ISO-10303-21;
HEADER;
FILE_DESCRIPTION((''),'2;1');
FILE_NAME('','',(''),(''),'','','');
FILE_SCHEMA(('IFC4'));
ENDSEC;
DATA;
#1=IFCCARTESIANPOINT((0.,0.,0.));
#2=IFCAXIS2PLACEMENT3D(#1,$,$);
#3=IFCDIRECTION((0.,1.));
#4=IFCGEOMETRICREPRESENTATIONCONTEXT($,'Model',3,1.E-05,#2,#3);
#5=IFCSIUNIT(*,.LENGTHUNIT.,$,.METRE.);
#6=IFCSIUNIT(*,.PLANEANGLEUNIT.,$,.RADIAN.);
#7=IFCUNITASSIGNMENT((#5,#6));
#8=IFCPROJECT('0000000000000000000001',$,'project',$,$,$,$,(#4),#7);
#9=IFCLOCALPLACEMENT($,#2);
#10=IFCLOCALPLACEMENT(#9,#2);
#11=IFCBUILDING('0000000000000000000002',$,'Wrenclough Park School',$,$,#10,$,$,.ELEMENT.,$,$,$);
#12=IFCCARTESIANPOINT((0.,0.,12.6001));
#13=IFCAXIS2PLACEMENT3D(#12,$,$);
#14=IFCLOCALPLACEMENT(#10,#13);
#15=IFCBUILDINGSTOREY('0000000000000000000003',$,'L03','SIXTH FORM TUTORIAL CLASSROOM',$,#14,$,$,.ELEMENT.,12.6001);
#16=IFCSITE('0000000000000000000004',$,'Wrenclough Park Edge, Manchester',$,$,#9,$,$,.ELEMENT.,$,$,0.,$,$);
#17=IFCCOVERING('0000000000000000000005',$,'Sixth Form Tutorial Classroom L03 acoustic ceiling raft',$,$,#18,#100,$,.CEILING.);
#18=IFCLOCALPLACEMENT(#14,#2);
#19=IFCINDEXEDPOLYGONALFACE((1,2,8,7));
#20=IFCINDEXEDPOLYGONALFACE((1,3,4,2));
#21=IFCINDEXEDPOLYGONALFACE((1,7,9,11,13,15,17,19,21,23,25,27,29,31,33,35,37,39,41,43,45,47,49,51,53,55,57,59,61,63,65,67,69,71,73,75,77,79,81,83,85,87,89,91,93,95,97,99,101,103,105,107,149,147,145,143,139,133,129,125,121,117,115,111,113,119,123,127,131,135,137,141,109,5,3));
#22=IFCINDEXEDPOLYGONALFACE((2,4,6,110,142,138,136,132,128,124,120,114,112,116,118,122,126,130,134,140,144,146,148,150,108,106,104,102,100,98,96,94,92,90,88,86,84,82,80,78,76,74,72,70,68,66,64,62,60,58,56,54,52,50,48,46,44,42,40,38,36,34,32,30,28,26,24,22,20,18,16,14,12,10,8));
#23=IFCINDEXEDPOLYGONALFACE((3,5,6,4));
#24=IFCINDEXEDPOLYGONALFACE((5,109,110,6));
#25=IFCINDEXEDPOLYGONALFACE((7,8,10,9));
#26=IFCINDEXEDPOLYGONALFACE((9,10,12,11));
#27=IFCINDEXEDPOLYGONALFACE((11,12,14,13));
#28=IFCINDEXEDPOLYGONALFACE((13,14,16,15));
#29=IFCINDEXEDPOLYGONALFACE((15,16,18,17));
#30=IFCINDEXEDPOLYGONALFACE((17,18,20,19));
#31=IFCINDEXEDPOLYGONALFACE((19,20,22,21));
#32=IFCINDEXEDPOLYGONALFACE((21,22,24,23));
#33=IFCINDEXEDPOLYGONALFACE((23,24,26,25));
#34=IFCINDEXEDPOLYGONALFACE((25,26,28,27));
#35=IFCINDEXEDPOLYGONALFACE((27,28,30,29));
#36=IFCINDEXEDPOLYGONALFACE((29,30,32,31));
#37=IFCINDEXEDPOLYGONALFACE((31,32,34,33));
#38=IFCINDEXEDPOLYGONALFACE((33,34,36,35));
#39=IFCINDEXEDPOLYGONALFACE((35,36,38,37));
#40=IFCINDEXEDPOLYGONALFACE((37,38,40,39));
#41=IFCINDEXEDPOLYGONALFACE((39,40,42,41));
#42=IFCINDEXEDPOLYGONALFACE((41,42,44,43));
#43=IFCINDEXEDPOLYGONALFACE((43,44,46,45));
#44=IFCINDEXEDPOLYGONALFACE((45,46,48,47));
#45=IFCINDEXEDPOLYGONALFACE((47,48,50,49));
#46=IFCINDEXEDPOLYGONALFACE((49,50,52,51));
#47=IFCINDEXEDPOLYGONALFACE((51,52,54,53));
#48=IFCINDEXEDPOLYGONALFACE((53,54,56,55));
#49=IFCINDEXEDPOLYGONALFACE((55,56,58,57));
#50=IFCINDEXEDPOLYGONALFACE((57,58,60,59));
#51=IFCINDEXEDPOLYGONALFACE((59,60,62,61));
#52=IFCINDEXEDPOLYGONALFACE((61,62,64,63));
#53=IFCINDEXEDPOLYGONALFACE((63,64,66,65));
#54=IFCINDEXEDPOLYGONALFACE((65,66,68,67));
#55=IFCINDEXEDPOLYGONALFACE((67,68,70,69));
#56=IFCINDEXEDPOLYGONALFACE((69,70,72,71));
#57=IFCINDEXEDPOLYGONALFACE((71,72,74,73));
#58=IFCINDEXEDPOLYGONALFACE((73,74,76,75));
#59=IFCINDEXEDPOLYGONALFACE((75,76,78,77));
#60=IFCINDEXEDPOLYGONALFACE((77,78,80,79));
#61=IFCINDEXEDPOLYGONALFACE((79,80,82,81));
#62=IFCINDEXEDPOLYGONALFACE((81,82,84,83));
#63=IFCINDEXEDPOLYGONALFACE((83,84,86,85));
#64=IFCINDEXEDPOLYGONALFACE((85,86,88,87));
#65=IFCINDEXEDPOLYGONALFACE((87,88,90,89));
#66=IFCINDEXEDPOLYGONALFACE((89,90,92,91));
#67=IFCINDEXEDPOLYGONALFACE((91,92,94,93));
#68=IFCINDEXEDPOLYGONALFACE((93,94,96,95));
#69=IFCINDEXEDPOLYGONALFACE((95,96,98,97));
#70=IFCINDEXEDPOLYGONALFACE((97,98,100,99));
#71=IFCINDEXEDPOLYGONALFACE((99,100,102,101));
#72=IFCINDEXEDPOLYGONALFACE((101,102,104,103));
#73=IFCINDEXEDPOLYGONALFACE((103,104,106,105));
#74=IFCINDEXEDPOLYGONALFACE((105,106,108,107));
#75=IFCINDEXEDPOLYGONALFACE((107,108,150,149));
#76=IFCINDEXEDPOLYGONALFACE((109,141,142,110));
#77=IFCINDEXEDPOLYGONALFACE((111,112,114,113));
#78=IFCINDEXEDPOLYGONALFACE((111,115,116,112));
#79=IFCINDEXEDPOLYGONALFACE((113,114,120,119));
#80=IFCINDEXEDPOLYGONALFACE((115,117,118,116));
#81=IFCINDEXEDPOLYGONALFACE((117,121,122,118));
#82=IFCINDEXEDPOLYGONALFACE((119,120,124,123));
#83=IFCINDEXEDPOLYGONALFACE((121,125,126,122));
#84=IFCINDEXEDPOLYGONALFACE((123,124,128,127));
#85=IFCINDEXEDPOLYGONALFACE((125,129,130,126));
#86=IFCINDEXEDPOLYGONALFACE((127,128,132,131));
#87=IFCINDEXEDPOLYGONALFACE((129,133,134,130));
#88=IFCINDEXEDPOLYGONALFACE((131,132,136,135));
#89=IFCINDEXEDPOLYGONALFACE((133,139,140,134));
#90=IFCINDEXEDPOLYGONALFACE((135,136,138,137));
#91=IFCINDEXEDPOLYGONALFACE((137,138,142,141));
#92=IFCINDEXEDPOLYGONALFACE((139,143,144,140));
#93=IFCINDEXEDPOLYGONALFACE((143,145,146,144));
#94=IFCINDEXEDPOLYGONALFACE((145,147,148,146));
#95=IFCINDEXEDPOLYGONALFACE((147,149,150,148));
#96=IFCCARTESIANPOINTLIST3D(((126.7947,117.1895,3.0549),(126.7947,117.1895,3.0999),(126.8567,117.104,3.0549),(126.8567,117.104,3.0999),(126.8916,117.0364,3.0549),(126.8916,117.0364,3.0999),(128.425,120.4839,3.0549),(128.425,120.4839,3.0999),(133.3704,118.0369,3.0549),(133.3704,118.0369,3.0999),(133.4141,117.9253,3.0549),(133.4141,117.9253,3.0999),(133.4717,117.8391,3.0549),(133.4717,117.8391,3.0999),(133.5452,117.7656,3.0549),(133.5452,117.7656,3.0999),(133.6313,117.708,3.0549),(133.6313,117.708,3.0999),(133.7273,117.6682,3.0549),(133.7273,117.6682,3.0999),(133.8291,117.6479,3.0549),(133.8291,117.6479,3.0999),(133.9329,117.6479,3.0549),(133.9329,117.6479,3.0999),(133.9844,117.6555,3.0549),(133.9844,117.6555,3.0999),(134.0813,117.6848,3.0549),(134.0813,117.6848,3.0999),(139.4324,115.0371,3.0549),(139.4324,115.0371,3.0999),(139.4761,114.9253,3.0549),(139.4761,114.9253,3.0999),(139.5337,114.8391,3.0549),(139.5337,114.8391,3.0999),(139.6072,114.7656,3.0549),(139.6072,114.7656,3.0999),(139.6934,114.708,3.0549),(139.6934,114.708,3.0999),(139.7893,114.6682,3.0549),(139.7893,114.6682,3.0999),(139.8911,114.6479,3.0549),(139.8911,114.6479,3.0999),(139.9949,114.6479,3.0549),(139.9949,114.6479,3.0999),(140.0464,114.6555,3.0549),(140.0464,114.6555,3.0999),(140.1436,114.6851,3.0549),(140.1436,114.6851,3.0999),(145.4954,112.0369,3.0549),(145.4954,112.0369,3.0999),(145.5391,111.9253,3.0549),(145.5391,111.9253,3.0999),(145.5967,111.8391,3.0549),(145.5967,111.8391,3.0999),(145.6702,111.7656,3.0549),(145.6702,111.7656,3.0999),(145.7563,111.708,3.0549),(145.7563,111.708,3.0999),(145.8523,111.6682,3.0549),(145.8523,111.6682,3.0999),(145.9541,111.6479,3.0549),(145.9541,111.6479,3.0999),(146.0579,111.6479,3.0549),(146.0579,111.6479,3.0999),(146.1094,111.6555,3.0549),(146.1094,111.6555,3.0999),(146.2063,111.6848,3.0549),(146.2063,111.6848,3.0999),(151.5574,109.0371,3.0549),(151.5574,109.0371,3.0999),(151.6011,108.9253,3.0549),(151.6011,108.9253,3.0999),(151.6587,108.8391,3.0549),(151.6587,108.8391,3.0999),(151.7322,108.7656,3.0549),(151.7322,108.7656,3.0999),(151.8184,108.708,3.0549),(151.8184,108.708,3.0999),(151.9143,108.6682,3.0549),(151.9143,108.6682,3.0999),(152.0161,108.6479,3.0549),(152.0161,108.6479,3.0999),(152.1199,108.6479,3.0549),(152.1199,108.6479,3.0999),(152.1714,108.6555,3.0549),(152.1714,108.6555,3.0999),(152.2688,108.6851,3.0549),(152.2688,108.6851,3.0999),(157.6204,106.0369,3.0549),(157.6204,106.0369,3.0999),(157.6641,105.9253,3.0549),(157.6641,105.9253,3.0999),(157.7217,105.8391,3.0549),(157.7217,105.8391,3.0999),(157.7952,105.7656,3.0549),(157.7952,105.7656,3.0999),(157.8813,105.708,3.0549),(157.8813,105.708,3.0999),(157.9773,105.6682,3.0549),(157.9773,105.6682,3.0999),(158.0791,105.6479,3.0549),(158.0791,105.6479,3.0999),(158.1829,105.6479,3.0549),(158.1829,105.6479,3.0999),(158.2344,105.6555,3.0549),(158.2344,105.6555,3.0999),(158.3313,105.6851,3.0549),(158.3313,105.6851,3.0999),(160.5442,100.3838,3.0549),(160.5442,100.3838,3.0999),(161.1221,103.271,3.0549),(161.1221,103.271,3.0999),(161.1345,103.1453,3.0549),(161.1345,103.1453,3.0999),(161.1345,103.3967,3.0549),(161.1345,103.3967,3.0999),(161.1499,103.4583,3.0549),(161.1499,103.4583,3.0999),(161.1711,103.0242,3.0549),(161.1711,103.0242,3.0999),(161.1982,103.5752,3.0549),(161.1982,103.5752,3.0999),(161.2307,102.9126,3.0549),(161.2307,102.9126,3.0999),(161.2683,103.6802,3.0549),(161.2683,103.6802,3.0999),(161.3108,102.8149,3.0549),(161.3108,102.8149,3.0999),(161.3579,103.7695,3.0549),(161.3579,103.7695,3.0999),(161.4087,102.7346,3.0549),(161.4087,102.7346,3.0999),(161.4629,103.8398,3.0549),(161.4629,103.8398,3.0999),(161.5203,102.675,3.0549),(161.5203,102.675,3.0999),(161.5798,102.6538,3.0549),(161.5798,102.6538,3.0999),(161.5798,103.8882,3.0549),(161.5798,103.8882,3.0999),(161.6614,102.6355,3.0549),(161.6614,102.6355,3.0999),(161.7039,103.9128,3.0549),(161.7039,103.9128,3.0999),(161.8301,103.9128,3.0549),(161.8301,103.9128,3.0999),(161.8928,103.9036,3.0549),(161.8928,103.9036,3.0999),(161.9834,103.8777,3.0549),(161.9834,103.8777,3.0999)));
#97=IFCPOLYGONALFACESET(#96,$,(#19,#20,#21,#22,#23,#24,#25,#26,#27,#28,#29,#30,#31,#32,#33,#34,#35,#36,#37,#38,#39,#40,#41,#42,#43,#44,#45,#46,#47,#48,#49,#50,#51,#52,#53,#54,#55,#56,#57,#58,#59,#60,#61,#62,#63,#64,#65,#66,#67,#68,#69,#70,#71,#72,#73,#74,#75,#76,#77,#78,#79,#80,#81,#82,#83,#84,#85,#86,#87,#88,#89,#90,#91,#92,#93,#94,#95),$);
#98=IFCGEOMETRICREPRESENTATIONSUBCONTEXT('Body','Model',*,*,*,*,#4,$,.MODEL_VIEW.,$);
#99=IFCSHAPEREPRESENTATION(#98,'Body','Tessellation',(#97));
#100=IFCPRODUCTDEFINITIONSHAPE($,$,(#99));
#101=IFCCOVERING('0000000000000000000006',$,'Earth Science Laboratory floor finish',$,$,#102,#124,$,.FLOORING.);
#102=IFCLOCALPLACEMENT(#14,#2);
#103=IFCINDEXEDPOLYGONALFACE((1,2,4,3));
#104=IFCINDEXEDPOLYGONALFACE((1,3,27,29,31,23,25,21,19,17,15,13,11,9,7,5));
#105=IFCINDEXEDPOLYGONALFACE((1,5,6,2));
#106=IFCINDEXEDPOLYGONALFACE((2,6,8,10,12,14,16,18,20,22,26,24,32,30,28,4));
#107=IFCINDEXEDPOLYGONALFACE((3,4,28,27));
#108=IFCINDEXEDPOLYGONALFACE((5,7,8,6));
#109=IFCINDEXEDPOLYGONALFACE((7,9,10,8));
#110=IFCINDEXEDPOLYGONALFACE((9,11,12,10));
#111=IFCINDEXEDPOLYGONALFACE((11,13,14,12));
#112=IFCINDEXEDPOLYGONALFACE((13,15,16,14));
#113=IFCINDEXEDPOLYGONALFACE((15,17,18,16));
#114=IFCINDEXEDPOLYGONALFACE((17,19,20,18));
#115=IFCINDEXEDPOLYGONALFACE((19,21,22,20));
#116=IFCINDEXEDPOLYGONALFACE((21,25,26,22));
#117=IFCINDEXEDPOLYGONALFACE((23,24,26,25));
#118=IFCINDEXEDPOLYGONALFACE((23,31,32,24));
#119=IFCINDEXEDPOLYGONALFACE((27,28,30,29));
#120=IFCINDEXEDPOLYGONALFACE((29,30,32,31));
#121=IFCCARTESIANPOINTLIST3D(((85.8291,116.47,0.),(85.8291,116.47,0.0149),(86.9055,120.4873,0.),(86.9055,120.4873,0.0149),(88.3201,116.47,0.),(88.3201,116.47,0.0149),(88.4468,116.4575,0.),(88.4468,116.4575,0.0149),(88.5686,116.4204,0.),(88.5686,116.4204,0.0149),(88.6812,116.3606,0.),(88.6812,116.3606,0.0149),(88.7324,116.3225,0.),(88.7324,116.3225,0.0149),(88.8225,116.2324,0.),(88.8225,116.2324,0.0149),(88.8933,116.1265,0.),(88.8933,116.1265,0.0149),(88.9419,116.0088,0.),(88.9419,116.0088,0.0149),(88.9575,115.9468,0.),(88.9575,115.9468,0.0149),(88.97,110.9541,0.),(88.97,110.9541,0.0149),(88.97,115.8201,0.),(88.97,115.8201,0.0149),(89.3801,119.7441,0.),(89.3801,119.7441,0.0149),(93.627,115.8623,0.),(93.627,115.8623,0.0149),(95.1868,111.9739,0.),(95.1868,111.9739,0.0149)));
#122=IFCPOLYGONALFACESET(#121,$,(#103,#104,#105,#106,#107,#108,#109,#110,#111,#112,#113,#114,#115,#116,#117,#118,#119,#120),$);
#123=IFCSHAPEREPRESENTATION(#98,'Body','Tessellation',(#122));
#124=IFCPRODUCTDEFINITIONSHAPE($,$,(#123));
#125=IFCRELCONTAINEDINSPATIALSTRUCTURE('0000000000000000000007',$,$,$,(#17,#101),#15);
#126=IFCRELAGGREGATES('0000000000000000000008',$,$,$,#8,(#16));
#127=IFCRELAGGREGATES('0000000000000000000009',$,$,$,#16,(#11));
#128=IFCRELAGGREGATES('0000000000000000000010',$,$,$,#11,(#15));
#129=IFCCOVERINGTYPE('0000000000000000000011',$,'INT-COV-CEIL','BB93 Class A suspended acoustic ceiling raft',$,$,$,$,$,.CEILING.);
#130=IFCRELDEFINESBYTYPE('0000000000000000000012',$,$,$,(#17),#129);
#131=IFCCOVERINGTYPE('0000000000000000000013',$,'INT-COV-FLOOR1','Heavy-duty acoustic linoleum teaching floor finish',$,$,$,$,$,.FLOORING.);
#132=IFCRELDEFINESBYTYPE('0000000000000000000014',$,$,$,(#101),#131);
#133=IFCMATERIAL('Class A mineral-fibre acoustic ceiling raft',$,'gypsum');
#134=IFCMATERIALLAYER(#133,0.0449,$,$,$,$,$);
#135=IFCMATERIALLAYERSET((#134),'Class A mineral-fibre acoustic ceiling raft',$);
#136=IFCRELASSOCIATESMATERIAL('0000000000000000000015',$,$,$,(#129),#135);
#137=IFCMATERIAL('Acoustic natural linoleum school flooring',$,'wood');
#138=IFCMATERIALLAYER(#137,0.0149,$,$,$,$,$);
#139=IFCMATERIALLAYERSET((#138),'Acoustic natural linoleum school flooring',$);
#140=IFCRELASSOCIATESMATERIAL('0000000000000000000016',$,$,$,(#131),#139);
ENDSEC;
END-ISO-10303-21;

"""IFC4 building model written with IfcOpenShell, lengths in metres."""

from ifc_helpers import new_model, si_unit, direction, frame, origin, place, context, subcontext, project, spatial, polyline, outline, extrude, material, layer, layer_set, type_object, element, save


model = new_model("IFC4")

# Units and contexts
model_context = context("Model", 3, precision=1e-05, world=origin(), true_north=direction((0.0, 1.0)))
body_context = subcontext(model_context, "Body", "Model", "MODEL_VIEW")
ifc_project = project(units=[si_unit("LENGTHUNIT", "METRE"), si_unit("PLANEANGLEUNIT", "RADIAN")], contexts=[model_context])

# Site, building, storey
site_placement = place(None, origin())
site = spatial("IfcSite", under=ifc_project, at=site_placement, Name="Wrenclough Park Edge, Manchester", CompositionType="ELEMENT", RefElevation=0.0)
building_placement = place(site_placement, origin())
building = spatial("IfcBuilding", under=site, at=building_placement, Name="Wrenclough Park School", CompositionType="ELEMENT")
storey_placement = place(building_placement, frame((0.0, 0.0, 12.6001)))
storey = spatial("IfcBuildingStorey", under=building, at=storey_placement, Name="L03", Description="SIXTH FORM TUTORIAL CLASSROOM", CompositionType="ELEMENT", Elevation=12.6001)

# Coverings
ifc_material_1 = material(Name="Class A mineral-fibre acoustic ceiling raft", Category="gypsum")
ifc_layer_1 = layer(ifc_material_1, 0.0449)
ifc_layer_set_1 = layer_set([ifc_layer_1], Name="Class A mineral-fibre acoustic ceiling raft")
covering_type_1 = type_object("IfcCoveringType", Name="INT-COV-CEIL", Description="BB93 Class A suspended acoustic ceiling raft", PredefinedType="CEILING", material=ifc_layer_set_1)
covering_1_placement = place(storey_placement, frame((0.0, 0.0, 3.0549)))
element("IfcCovering", 1, at=covering_1_placement, inside=storey, type_object=covering_type_1, Name="Sixth Form Tutorial Classroom L03 acoustic ceiling raft", PredefinedType="CEILING", context=body_context, shape_type="SweptSolid", body=[
    extrude(outline(polyline([(126.8916, 117.0364), (160.5442, 100.3838), (161.6614, 102.6355), (161.5798, 102.6538), (161.5203, 102.675), (161.4087, 102.7346), (161.3108, 102.8149), (161.2307, 102.9126), (161.1711, 103.0242), (161.1345, 103.1453), (161.1221, 103.271), (161.1345, 103.3967), (161.1499, 103.4583), (161.1982, 103.5752), (161.2683, 103.6802), (161.3579, 103.7695), (161.4629, 103.8398), (161.5798, 103.8882), (161.7039, 103.9128), (161.8301, 103.9128), (161.8928, 103.9036), (161.9834, 103.8777), (158.3313, 105.6851), (158.2344, 105.6555), (158.1829, 105.6479), (158.0791, 105.6479), (157.9773, 105.6682), (157.8813, 105.708), (157.7952, 105.7656), (157.7217, 105.8391), (157.6641, 105.9253), (157.6204, 106.0369), (152.2688, 108.6851), (152.1714, 108.6555), (152.1199, 108.6479), (152.0161, 108.6479), (151.9143, 108.6682), (151.8184, 108.708), (151.7322, 108.7656), (151.6587, 108.8391), (151.6011, 108.9253), (151.5574, 109.0371), (146.2063, 111.6848), (146.1094, 111.6555), (146.0579, 111.6479), (145.9541, 111.6479), (145.8523, 111.6682), (145.7563, 111.708), (145.6702, 111.7656), (145.5967, 111.8391), (145.5391, 111.9253), (145.4954, 112.0369), (140.1436, 114.6851), (140.0464, 114.6555), (139.9949, 114.6479), (139.8911, 114.6479), (139.7893, 114.6682), (139.6934, 114.708), (139.6072, 114.7656), (139.5337, 114.8391), (139.4761, 114.9253), (139.4324, 115.0371), (134.0813, 117.6848), (133.9844, 117.6555), (133.9329, 117.6479), (133.8291, 117.6479), (133.7273, 117.6682), (133.6313, 117.708), (133.5452, 117.7656), (133.4717, 117.8391), (133.4141, 117.9253), (133.3704, 118.0369), (128.425, 120.4839), (126.7947, 117.1895), (126.8567, 117.104), (126.8916, 117.0364)])), origin(), (0.0, 0.0, 1.0), 0.0449),
])
ifc_material_2 = material(Name="Acoustic natural linoleum school flooring", Category="wood")
ifc_layer_2 = layer(ifc_material_2, 0.0149)
ifc_layer_set_2 = layer_set([ifc_layer_2], Name="Acoustic natural linoleum school flooring")
covering_type_2 = type_object("IfcCoveringType", Name="INT-COV-FLOOR1", Description="Heavy-duty acoustic linoleum teaching floor finish", PredefinedType="FLOORING", material=ifc_layer_set_2)
covering_2_placement = place(storey_placement, origin())
element("IfcCovering", 2, at=covering_2_placement, inside=storey, type_object=covering_type_2, Name="Earth Science Laboratory floor finish", PredefinedType="FLOORING", context=body_context, shape_type="SweptSolid", body=[
    extrude(outline(polyline([(88.97, 115.8201), (88.97, 110.9541), (95.1868, 111.9739), (93.627, 115.8623), (89.3801, 119.7441), (86.9055, 120.4873), (85.8291, 116.47), (88.3201, 116.47), (88.4468, 116.4575), (88.5686, 116.4204), (88.6812, 116.3606), (88.7324, 116.3225), (88.8225, 116.2324), (88.8933, 116.1265), (88.9419, 116.0088), (88.9575, 115.9468), (88.97, 115.8201)])), origin(), (0.0, 0.0, 1.0), 0.0149),
])

save(model, "model.ifc")
